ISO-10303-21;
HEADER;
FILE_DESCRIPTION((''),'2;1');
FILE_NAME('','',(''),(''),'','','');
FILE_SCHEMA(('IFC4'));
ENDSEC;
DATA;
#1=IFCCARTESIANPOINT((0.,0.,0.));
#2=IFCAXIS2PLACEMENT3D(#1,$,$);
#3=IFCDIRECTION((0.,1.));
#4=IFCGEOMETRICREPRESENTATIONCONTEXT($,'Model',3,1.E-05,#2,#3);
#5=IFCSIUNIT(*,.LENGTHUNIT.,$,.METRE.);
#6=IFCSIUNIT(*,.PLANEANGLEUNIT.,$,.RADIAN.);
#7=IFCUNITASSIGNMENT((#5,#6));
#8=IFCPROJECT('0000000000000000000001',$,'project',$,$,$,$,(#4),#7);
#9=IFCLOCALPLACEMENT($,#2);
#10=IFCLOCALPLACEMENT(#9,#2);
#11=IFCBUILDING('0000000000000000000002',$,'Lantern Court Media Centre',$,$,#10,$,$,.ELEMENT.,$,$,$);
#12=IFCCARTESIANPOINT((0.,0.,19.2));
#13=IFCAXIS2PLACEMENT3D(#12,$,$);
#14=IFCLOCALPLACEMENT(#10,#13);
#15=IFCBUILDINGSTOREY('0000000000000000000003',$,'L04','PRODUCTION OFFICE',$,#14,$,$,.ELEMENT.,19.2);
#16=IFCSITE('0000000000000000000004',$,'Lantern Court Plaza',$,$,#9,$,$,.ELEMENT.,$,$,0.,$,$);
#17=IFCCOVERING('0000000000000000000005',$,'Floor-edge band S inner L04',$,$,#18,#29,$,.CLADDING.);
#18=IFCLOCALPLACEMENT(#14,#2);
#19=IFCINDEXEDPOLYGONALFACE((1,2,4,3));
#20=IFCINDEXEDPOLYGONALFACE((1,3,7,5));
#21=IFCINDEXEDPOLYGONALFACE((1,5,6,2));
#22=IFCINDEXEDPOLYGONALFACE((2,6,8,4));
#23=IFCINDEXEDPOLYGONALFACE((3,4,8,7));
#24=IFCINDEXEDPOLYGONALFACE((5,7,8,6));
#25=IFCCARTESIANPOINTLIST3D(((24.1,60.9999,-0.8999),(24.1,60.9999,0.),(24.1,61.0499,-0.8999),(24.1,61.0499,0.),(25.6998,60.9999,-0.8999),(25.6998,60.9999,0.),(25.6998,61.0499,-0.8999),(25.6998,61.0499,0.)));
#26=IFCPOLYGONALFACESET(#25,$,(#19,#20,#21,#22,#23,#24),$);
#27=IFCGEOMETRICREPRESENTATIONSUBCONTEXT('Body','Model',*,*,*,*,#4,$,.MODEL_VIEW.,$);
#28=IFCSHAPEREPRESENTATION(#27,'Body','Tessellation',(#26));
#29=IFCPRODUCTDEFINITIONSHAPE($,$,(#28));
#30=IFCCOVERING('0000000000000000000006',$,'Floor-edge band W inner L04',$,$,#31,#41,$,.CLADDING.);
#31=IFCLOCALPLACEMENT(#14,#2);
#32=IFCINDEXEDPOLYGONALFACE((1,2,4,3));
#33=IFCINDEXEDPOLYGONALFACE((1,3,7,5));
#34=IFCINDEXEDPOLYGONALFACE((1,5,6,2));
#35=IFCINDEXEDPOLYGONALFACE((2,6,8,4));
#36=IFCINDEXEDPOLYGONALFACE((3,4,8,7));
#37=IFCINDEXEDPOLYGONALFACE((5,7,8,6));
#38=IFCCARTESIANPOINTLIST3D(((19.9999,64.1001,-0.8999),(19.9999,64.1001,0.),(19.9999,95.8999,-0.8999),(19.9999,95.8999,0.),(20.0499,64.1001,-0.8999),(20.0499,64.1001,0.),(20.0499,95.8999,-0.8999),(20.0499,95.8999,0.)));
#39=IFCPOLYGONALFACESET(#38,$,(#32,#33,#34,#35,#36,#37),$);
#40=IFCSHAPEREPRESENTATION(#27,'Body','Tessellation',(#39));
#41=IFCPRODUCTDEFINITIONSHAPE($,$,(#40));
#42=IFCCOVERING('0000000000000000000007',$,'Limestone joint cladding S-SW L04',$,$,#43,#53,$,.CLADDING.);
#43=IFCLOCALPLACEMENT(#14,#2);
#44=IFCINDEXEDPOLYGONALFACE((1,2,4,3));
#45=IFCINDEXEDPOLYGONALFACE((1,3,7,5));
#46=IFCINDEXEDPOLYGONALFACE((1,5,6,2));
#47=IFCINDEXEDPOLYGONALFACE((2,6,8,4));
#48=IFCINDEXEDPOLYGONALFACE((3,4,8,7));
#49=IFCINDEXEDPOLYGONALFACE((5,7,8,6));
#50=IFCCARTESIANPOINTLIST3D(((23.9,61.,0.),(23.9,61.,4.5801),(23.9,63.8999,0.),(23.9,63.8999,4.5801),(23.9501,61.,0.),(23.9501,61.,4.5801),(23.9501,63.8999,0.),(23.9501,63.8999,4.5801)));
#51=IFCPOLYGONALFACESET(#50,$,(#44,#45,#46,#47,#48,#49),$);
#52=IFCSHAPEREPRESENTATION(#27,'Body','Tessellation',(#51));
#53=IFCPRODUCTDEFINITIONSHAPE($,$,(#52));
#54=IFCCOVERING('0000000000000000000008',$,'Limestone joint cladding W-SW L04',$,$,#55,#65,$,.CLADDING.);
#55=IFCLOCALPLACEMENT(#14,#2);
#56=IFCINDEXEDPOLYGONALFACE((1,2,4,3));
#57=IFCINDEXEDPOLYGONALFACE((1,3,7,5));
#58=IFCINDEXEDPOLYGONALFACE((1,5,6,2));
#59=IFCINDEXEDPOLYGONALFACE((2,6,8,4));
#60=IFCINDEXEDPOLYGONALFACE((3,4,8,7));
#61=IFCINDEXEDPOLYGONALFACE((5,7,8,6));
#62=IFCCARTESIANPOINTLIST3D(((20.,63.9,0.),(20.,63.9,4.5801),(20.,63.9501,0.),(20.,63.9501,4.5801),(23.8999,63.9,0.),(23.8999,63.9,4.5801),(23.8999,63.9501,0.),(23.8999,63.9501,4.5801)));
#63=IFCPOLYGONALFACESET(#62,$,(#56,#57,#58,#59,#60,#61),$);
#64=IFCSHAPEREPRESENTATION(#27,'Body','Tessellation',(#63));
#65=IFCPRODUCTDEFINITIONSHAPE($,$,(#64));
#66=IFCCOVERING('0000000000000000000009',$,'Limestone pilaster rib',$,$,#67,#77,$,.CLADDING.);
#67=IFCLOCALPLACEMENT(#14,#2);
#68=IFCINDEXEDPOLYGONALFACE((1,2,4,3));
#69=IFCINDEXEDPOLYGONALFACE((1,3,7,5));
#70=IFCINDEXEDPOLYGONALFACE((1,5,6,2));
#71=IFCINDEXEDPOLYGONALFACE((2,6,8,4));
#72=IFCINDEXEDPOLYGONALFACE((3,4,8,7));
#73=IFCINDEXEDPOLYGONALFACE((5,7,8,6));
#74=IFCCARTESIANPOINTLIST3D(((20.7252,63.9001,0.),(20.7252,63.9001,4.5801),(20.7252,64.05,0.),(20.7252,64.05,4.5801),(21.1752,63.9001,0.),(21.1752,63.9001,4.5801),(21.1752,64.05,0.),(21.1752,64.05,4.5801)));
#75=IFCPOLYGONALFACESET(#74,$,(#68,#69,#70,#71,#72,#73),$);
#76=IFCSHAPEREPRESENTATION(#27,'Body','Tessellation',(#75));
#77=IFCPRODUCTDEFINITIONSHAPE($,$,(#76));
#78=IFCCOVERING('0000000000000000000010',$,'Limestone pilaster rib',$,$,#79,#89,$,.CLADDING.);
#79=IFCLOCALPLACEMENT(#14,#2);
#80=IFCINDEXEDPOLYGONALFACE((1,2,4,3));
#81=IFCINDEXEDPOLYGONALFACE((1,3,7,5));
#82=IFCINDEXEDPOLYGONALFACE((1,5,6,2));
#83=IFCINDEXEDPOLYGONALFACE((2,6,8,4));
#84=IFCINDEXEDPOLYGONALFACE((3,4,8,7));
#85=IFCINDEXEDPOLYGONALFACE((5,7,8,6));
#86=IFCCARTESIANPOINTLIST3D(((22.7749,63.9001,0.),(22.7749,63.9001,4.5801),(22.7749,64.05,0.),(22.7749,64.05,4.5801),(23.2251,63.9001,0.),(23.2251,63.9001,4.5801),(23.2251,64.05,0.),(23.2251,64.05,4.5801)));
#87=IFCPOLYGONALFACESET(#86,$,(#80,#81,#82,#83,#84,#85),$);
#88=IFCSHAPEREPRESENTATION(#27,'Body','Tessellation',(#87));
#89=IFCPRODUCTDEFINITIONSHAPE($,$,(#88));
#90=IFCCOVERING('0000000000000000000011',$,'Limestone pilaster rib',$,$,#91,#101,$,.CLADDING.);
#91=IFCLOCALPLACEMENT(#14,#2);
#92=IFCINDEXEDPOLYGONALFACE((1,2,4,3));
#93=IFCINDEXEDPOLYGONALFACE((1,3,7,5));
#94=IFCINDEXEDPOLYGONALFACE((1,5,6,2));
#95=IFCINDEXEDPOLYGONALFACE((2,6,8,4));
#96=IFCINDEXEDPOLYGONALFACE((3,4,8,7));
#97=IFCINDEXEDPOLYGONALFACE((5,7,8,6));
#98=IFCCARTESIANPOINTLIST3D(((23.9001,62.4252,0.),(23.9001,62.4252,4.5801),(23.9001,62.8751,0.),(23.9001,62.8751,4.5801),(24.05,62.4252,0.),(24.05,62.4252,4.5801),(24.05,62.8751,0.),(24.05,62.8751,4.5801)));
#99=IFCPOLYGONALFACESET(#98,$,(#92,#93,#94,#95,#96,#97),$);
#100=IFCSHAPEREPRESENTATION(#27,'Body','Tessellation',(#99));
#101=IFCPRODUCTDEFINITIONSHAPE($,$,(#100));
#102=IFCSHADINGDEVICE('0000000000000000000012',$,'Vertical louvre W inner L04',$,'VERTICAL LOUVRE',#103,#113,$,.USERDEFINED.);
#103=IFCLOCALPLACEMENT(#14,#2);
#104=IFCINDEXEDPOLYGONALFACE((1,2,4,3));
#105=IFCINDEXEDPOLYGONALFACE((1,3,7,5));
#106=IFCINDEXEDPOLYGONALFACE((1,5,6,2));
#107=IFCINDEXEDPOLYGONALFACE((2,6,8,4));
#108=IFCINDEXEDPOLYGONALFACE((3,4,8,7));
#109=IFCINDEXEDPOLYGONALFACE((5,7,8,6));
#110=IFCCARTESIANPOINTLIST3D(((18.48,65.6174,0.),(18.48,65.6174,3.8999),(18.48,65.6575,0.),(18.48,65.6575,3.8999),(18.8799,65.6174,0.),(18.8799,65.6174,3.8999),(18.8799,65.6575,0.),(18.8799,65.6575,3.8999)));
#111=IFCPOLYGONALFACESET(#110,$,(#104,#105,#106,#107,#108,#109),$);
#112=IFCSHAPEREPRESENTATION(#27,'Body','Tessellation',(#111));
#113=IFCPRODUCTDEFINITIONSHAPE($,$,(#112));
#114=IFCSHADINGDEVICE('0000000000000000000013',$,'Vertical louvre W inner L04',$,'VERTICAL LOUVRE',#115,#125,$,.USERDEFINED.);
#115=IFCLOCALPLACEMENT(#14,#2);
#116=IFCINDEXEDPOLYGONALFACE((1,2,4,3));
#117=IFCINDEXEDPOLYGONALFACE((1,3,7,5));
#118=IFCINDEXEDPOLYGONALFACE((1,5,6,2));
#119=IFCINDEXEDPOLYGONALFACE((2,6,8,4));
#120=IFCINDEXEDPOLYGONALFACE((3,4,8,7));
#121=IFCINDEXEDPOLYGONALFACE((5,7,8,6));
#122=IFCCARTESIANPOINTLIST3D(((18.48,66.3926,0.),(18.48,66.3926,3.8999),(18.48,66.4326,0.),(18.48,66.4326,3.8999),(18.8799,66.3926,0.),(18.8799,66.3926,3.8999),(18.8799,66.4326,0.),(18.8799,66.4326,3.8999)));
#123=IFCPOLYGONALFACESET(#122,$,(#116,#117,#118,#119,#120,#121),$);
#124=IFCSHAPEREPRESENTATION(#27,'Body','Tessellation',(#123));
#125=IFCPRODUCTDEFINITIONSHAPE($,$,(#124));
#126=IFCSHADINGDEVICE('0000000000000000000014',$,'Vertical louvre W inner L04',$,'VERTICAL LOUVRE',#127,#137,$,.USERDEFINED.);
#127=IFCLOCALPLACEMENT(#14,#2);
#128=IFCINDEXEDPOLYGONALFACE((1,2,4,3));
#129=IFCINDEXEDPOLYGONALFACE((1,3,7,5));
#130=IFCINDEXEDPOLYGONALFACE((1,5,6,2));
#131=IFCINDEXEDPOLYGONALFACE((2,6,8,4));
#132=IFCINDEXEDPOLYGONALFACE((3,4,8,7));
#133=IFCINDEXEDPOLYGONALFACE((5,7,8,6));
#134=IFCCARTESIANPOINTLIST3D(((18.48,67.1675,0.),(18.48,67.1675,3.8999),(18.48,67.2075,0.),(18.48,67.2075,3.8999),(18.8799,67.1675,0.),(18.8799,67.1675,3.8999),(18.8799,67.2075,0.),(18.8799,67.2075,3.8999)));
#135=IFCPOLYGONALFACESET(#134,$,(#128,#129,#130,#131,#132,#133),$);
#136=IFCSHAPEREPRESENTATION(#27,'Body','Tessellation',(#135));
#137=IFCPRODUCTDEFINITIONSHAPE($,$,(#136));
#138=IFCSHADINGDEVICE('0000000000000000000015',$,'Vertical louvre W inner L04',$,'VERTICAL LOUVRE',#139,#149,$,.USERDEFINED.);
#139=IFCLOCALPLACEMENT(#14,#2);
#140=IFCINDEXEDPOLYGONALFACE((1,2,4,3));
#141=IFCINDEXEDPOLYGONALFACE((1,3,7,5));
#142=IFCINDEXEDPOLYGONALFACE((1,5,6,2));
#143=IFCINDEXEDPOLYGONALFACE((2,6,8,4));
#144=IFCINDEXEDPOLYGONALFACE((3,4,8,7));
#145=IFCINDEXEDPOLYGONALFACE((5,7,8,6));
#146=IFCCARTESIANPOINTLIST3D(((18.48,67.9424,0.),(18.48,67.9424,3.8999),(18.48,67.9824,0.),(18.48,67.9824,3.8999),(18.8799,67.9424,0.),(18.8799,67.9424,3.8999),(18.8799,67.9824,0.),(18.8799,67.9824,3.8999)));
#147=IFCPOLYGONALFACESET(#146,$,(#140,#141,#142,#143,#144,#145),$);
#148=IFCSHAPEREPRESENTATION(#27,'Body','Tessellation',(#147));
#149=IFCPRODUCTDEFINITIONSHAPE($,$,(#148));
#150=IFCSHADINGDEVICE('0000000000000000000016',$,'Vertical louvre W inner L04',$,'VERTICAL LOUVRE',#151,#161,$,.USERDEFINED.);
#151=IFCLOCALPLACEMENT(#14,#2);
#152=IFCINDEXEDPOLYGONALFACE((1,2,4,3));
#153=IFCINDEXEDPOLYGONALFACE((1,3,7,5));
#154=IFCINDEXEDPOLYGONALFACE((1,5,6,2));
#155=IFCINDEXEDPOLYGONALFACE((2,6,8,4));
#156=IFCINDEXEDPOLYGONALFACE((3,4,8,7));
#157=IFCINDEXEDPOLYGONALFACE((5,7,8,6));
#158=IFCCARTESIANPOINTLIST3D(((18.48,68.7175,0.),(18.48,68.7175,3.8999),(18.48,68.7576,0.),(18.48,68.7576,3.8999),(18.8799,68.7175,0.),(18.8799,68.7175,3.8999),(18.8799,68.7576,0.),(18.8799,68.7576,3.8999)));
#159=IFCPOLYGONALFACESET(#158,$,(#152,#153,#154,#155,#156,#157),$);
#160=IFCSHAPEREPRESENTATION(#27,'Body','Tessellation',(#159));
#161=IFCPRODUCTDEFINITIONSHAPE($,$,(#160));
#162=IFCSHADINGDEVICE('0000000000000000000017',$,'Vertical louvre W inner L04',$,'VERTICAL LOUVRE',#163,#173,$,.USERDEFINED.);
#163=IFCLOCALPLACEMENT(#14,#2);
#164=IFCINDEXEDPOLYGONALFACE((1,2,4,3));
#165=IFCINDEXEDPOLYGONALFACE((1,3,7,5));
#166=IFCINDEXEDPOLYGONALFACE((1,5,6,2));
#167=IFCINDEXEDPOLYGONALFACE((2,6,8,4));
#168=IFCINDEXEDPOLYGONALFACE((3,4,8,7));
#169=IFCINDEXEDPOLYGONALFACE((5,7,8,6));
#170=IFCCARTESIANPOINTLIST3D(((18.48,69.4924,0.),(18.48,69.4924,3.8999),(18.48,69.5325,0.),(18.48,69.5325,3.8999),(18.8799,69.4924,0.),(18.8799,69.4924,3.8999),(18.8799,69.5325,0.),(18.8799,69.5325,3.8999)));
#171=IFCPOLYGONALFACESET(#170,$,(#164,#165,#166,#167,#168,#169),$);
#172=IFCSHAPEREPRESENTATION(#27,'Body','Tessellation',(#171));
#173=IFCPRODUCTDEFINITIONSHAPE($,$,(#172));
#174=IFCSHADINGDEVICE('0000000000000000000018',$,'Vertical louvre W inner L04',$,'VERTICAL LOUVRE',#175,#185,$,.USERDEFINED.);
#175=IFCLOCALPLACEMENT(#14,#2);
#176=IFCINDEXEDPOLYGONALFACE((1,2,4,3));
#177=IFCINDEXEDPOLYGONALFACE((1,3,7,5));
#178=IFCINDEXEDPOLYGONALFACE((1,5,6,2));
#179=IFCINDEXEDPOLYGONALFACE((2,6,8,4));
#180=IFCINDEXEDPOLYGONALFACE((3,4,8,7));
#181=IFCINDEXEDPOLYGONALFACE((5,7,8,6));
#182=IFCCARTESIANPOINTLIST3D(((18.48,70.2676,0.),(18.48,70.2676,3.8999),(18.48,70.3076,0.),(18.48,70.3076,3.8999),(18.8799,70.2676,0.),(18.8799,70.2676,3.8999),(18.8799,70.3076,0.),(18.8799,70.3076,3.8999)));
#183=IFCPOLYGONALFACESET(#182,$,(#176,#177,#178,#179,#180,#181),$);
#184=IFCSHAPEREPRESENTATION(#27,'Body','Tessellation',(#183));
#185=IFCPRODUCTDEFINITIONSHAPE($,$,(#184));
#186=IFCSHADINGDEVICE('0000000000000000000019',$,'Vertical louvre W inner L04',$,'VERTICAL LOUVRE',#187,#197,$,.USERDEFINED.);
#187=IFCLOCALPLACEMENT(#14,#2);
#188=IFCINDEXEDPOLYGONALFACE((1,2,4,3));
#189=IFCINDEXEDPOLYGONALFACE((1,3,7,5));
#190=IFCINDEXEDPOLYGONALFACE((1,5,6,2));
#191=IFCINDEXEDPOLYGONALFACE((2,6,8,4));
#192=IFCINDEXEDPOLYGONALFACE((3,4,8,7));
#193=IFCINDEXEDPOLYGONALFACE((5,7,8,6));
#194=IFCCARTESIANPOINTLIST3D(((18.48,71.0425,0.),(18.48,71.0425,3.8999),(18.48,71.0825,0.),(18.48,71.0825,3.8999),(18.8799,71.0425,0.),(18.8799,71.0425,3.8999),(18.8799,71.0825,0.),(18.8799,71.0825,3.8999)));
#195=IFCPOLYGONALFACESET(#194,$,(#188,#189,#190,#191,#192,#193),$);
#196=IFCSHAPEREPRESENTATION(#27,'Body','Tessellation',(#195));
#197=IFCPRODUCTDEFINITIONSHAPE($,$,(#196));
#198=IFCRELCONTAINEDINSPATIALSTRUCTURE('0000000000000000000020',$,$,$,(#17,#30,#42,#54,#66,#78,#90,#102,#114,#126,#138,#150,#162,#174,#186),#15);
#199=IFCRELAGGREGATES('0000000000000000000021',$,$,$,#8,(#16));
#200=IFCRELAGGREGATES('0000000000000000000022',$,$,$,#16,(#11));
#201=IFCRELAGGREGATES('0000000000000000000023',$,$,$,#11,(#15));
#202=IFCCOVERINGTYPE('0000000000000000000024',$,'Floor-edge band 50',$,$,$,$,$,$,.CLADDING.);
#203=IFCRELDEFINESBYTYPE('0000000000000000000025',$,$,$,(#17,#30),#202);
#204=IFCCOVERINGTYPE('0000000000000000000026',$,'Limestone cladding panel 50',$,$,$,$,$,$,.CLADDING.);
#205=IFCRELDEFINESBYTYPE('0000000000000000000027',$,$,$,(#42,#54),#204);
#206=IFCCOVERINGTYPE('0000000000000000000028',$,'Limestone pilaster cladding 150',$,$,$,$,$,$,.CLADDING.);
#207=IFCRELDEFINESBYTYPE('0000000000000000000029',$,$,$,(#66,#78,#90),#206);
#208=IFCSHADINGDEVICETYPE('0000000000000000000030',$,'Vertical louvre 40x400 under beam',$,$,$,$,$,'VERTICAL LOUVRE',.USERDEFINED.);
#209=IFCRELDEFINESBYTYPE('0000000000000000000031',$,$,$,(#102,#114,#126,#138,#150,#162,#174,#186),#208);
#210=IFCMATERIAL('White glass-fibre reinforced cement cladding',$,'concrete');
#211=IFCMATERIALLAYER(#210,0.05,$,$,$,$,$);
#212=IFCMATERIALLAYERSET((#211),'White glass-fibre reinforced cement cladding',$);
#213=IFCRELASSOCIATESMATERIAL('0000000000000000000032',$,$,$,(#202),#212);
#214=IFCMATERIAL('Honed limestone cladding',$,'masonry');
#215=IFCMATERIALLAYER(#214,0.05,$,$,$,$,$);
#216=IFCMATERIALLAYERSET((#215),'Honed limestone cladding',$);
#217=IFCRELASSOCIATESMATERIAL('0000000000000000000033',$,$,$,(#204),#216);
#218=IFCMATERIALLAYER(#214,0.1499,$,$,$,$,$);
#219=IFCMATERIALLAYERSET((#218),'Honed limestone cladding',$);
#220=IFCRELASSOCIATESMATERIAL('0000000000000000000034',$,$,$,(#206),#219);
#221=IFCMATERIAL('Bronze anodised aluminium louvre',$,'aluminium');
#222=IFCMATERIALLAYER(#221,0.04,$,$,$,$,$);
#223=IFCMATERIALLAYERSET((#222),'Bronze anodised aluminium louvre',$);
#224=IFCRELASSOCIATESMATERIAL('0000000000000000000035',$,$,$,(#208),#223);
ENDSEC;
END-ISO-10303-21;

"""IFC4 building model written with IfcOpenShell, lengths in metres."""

from ifc_helpers import new_model, si_unit, direction, frame, frame_2d, origin, origin_2d, place, context, subcontext, project, spatial, rectangle, extrude, material, layer, layer_set, type_object, element, save


model = new_model("IFC4")

# Units and contexts
model_context = context("Model", 3, precision=1e-05, world=origin(), true_north=direction((0.0, 1.0)))
body_context = subcontext(model_context, "Body", "Model", "MODEL_VIEW")
ifc_project = project(units=[si_unit("LENGTHUNIT", "METRE"), si_unit("PLANEANGLEUNIT", "RADIAN")], contexts=[model_context])

# Site, building, storey
site_placement = place(None, origin())
site = spatial("IfcSite", under=ifc_project, at=site_placement, Name="Lantern Court Plaza", CompositionType="ELEMENT", RefElevation=0.0)
building_placement = place(site_placement, origin())
building = spatial("IfcBuilding", under=site, at=building_placement, Name="Lantern Court Media Centre", CompositionType="ELEMENT")
storey_placement = place(building_placement, frame((0.0, 0.0, 19.2)))
storey = spatial("IfcBuildingStorey", under=building, at=storey_placement, Name="L04", Description="PRODUCTION OFFICE", CompositionType="ELEMENT", Elevation=19.2)

# Coverings
ifc_material_1 = material(Name="White glass-fibre reinforced cement cladding", Category="concrete")
ifc_layer_1 = layer(ifc_material_1, 0.05)
ifc_layer_set_1 = layer_set([ifc_layer_1], Name="White glass-fibre reinforced cement cladding")
covering_type_1 = type_object("IfcCoveringType", Name="Floor-edge band 50", PredefinedType="CLADDING", material=ifc_layer_set_1)
covering_1_placement = place(storey_placement, frame((24.1001, 61.0249, -0.8999), z_axis=(0.0, 0.0, 1.0), x_axis=(1.0, 0.0, 0.0)))
element("IfcCovering", 1, at=covering_1_placement, inside=storey, type_object=covering_type_1, Name="Floor-edge band S inner L04", PredefinedType="CLADDING", context=body_context, shape_type="SweptSolid", body=[
    extrude(rectangle(XDim=1.5999, YDim=0.05, at=frame_2d((0.7998, 0.0))), origin(), (0.0, 0.0, 1.0), 0.8999),
])
covering_2_placement = place(storey_placement, frame((20.0249, 64.1001, -0.8999), z_axis=(0.0, 0.0, 1.0), x_axis=(0.0, 1.0, 0.0)))
element("IfcCovering", 2, at=covering_2_placement, inside=storey, type_object=covering_type_1, Name="Floor-edge band W inner L04", PredefinedType="CLADDING", context=body_context, shape_type="SweptSolid", body=[
    extrude(rectangle(XDim=31.7998, YDim=0.05, at=frame_2d((15.8999, 0.0))), origin(), (0.0, 0.0, 1.0), 0.8999),
])

# Coverings
ifc_material_2 = material(Name="Honed limestone cladding", Category="masonry")
ifc_layer_2 = layer(ifc_material_2, 0.05)
ifc_layer_set_2 = layer_set([ifc_layer_2], Name="Honed limestone cladding")
covering_type_2 = type_object("IfcCoveringType", Name="Limestone cladding panel 50", PredefinedType="CLADDING", material=ifc_layer_set_2)
covering_3_placement = place(storey_placement, frame((23.925, 61.0, 0.0), z_axis=(0.0, 0.0, 1.0), x_axis=(0.0, 1.0, 0.0)))
element("IfcCovering", 3, at=covering_3_placement, inside=storey, type_object=covering_type_2, Name="Limestone joint cladding S-SW L04", PredefinedType="CLADDING", context=body_context, shape_type="SweptSolid", body=[
    extrude(rectangle(XDim=2.8999, YDim=0.05, at=frame_2d((1.45, 0.0))), origin(), (0.0, 0.0, 1.0), 4.5801),
])
covering_4_placement = place(storey_placement, frame((20.0, 63.925, 0.0), z_axis=(0.0, 0.0, 1.0), x_axis=(1.0, 0.0, 0.0)))
element("IfcCovering", 4, at=covering_4_placement, inside=storey, type_object=covering_type_2, Name="Limestone joint cladding W-SW L04", PredefinedType="CLADDING", context=body_context, shape_type="SweptSolid", body=[
    extrude(rectangle(XDim=3.8999, YDim=0.05, at=frame_2d((1.95, 0.0))), origin(), (0.0, 0.0, 1.0), 4.5801),
])
ifc_layer_3 = layer(ifc_material_2, 0.1499)
ifc_layer_set_3 = layer_set([ifc_layer_3], Name="Honed limestone cladding")
covering_type_3 = type_object("IfcCoveringType", Name="Limestone pilaster cladding 150", PredefinedType="CLADDING", material=ifc_layer_set_3)
covering_5_placement = place(storey_placement, frame((20.7251, 63.9751, 0.0), z_axis=(0.0, 0.0, 1.0), x_axis=(1.0, 0.0, 0.0)))
element("IfcCovering", 5, at=covering_5_placement, inside=storey, type_object=covering_type_3, Name="Limestone pilaster rib", PredefinedType="CLADDING", context=body_context, shape_type="SweptSolid", body=[
    extrude(rectangle(XDim=0.45, YDim=0.1499, at=frame_2d((0.2251, 0.0))), origin(), (0.0, 0.0, 1.0), 4.5801),
])
covering_6_placement = place(storey_placement, frame((22.7749, 63.9751, 0.0), z_axis=(0.0, 0.0, 1.0), x_axis=(1.0, 0.0, 0.0)))
element("IfcCovering", 6, at=covering_6_placement, inside=storey, type_object=covering_type_3, Name="Limestone pilaster rib", PredefinedType="CLADDING", context=body_context, shape_type="SweptSolid", body=[
    extrude(rectangle(XDim=0.4502, YDim=0.1499, at=frame_2d((0.2251, 0.0))), origin(), (0.0, 0.0, 1.0), 4.5801),
])
covering_7_placement = place(storey_placement, frame((23.9751, 62.425, 0.0), z_axis=(0.0, 0.0, 1.0), x_axis=(0.0, 1.0, 0.0)))
element("IfcCovering", 7, at=covering_7_placement, inside=storey, type_object=covering_type_3, Name="Limestone pilaster rib", PredefinedType="CLADDING", context=body_context, shape_type="SweptSolid", body=[
    extrude(rectangle(XDim=0.45, YDim=0.1499, at=frame_2d((0.2251, 0.0))), origin(), (0.0, 0.0, 1.0), 4.5801),
])

# Shading devices
ifc_material_3 = material(Name="Bronze anodised aluminium louvre", Category="aluminium")
ifc_layer_4 = layer(ifc_material_3, 0.04)
ifc_layer_set_4 = layer_set([ifc_layer_4], Name="Bronze anodised aluminium louvre")
shading_device_type = type_object("IfcShadingDeviceType", Name="Vertical louvre 40x400 under beam", ElementType="VERTICAL LOUVRE", PredefinedType="USERDEFINED", material=ifc_layer_set_4)
for number, where, z_axis, x_axis, name in (
    (8, (18.6799, 65.6375, 0.0), (0.0, 0.0, 1.0), (1.0, 0.0, 0.0), "Vertical louvre W inner L04"),
    (9, (18.6799, 66.4126, 0.0), (0.0, 0.0, 1.0), (1.0, 0.0, 0.0), "Vertical louvre W inner L04"),
    (10, (18.6799, 67.1875, 0.0), (0.0, 0.0, 1.0), (1.0, 0.0, 0.0), "Vertical louvre W inner L04"),
    (11, (18.6799, 67.9624, 0.0), (0.0, 0.0, 1.0), (1.0, 0.0, 0.0), "Vertical louvre W inner L04"),
    (12, (18.6799, 68.7375, 0.0), (0.0, 0.0, 1.0), (1.0, 0.0, 0.0), "Vertical louvre W inner L04"),
    (13, (18.6799, 69.5125, 0.0), (0.0, 0.0, 1.0), (1.0, 0.0, 0.0), "Vertical louvre W inner L04"),
    (14, (18.6799, 70.2876, 0.0), (0.0, 0.0, 1.0), (1.0, 0.0, 0.0), "Vertical louvre W inner L04"),
    (15, (18.6799, 71.0625, 0.0), (0.0, 0.0, 1.0), (1.0, 0.0, 0.0), "Vertical louvre W inner L04"),
):
    element("IfcShadingDevice", number, at=place(storey_placement, frame(where, z_axis=z_axis, x_axis=x_axis)), inside=storey, type_object=shading_device_type, Name=name, ObjectType="VERTICAL LOUVRE", PredefinedType="USERDEFINED", context=body_context, shape_type="SweptSolid", body=[
        extrude(rectangle(XDim=0.3999, YDim=0.04, at=origin_2d()), origin(), (0.0, 0.0, 1.0), 3.8999),
    ])

save(model, "model.ifc")
